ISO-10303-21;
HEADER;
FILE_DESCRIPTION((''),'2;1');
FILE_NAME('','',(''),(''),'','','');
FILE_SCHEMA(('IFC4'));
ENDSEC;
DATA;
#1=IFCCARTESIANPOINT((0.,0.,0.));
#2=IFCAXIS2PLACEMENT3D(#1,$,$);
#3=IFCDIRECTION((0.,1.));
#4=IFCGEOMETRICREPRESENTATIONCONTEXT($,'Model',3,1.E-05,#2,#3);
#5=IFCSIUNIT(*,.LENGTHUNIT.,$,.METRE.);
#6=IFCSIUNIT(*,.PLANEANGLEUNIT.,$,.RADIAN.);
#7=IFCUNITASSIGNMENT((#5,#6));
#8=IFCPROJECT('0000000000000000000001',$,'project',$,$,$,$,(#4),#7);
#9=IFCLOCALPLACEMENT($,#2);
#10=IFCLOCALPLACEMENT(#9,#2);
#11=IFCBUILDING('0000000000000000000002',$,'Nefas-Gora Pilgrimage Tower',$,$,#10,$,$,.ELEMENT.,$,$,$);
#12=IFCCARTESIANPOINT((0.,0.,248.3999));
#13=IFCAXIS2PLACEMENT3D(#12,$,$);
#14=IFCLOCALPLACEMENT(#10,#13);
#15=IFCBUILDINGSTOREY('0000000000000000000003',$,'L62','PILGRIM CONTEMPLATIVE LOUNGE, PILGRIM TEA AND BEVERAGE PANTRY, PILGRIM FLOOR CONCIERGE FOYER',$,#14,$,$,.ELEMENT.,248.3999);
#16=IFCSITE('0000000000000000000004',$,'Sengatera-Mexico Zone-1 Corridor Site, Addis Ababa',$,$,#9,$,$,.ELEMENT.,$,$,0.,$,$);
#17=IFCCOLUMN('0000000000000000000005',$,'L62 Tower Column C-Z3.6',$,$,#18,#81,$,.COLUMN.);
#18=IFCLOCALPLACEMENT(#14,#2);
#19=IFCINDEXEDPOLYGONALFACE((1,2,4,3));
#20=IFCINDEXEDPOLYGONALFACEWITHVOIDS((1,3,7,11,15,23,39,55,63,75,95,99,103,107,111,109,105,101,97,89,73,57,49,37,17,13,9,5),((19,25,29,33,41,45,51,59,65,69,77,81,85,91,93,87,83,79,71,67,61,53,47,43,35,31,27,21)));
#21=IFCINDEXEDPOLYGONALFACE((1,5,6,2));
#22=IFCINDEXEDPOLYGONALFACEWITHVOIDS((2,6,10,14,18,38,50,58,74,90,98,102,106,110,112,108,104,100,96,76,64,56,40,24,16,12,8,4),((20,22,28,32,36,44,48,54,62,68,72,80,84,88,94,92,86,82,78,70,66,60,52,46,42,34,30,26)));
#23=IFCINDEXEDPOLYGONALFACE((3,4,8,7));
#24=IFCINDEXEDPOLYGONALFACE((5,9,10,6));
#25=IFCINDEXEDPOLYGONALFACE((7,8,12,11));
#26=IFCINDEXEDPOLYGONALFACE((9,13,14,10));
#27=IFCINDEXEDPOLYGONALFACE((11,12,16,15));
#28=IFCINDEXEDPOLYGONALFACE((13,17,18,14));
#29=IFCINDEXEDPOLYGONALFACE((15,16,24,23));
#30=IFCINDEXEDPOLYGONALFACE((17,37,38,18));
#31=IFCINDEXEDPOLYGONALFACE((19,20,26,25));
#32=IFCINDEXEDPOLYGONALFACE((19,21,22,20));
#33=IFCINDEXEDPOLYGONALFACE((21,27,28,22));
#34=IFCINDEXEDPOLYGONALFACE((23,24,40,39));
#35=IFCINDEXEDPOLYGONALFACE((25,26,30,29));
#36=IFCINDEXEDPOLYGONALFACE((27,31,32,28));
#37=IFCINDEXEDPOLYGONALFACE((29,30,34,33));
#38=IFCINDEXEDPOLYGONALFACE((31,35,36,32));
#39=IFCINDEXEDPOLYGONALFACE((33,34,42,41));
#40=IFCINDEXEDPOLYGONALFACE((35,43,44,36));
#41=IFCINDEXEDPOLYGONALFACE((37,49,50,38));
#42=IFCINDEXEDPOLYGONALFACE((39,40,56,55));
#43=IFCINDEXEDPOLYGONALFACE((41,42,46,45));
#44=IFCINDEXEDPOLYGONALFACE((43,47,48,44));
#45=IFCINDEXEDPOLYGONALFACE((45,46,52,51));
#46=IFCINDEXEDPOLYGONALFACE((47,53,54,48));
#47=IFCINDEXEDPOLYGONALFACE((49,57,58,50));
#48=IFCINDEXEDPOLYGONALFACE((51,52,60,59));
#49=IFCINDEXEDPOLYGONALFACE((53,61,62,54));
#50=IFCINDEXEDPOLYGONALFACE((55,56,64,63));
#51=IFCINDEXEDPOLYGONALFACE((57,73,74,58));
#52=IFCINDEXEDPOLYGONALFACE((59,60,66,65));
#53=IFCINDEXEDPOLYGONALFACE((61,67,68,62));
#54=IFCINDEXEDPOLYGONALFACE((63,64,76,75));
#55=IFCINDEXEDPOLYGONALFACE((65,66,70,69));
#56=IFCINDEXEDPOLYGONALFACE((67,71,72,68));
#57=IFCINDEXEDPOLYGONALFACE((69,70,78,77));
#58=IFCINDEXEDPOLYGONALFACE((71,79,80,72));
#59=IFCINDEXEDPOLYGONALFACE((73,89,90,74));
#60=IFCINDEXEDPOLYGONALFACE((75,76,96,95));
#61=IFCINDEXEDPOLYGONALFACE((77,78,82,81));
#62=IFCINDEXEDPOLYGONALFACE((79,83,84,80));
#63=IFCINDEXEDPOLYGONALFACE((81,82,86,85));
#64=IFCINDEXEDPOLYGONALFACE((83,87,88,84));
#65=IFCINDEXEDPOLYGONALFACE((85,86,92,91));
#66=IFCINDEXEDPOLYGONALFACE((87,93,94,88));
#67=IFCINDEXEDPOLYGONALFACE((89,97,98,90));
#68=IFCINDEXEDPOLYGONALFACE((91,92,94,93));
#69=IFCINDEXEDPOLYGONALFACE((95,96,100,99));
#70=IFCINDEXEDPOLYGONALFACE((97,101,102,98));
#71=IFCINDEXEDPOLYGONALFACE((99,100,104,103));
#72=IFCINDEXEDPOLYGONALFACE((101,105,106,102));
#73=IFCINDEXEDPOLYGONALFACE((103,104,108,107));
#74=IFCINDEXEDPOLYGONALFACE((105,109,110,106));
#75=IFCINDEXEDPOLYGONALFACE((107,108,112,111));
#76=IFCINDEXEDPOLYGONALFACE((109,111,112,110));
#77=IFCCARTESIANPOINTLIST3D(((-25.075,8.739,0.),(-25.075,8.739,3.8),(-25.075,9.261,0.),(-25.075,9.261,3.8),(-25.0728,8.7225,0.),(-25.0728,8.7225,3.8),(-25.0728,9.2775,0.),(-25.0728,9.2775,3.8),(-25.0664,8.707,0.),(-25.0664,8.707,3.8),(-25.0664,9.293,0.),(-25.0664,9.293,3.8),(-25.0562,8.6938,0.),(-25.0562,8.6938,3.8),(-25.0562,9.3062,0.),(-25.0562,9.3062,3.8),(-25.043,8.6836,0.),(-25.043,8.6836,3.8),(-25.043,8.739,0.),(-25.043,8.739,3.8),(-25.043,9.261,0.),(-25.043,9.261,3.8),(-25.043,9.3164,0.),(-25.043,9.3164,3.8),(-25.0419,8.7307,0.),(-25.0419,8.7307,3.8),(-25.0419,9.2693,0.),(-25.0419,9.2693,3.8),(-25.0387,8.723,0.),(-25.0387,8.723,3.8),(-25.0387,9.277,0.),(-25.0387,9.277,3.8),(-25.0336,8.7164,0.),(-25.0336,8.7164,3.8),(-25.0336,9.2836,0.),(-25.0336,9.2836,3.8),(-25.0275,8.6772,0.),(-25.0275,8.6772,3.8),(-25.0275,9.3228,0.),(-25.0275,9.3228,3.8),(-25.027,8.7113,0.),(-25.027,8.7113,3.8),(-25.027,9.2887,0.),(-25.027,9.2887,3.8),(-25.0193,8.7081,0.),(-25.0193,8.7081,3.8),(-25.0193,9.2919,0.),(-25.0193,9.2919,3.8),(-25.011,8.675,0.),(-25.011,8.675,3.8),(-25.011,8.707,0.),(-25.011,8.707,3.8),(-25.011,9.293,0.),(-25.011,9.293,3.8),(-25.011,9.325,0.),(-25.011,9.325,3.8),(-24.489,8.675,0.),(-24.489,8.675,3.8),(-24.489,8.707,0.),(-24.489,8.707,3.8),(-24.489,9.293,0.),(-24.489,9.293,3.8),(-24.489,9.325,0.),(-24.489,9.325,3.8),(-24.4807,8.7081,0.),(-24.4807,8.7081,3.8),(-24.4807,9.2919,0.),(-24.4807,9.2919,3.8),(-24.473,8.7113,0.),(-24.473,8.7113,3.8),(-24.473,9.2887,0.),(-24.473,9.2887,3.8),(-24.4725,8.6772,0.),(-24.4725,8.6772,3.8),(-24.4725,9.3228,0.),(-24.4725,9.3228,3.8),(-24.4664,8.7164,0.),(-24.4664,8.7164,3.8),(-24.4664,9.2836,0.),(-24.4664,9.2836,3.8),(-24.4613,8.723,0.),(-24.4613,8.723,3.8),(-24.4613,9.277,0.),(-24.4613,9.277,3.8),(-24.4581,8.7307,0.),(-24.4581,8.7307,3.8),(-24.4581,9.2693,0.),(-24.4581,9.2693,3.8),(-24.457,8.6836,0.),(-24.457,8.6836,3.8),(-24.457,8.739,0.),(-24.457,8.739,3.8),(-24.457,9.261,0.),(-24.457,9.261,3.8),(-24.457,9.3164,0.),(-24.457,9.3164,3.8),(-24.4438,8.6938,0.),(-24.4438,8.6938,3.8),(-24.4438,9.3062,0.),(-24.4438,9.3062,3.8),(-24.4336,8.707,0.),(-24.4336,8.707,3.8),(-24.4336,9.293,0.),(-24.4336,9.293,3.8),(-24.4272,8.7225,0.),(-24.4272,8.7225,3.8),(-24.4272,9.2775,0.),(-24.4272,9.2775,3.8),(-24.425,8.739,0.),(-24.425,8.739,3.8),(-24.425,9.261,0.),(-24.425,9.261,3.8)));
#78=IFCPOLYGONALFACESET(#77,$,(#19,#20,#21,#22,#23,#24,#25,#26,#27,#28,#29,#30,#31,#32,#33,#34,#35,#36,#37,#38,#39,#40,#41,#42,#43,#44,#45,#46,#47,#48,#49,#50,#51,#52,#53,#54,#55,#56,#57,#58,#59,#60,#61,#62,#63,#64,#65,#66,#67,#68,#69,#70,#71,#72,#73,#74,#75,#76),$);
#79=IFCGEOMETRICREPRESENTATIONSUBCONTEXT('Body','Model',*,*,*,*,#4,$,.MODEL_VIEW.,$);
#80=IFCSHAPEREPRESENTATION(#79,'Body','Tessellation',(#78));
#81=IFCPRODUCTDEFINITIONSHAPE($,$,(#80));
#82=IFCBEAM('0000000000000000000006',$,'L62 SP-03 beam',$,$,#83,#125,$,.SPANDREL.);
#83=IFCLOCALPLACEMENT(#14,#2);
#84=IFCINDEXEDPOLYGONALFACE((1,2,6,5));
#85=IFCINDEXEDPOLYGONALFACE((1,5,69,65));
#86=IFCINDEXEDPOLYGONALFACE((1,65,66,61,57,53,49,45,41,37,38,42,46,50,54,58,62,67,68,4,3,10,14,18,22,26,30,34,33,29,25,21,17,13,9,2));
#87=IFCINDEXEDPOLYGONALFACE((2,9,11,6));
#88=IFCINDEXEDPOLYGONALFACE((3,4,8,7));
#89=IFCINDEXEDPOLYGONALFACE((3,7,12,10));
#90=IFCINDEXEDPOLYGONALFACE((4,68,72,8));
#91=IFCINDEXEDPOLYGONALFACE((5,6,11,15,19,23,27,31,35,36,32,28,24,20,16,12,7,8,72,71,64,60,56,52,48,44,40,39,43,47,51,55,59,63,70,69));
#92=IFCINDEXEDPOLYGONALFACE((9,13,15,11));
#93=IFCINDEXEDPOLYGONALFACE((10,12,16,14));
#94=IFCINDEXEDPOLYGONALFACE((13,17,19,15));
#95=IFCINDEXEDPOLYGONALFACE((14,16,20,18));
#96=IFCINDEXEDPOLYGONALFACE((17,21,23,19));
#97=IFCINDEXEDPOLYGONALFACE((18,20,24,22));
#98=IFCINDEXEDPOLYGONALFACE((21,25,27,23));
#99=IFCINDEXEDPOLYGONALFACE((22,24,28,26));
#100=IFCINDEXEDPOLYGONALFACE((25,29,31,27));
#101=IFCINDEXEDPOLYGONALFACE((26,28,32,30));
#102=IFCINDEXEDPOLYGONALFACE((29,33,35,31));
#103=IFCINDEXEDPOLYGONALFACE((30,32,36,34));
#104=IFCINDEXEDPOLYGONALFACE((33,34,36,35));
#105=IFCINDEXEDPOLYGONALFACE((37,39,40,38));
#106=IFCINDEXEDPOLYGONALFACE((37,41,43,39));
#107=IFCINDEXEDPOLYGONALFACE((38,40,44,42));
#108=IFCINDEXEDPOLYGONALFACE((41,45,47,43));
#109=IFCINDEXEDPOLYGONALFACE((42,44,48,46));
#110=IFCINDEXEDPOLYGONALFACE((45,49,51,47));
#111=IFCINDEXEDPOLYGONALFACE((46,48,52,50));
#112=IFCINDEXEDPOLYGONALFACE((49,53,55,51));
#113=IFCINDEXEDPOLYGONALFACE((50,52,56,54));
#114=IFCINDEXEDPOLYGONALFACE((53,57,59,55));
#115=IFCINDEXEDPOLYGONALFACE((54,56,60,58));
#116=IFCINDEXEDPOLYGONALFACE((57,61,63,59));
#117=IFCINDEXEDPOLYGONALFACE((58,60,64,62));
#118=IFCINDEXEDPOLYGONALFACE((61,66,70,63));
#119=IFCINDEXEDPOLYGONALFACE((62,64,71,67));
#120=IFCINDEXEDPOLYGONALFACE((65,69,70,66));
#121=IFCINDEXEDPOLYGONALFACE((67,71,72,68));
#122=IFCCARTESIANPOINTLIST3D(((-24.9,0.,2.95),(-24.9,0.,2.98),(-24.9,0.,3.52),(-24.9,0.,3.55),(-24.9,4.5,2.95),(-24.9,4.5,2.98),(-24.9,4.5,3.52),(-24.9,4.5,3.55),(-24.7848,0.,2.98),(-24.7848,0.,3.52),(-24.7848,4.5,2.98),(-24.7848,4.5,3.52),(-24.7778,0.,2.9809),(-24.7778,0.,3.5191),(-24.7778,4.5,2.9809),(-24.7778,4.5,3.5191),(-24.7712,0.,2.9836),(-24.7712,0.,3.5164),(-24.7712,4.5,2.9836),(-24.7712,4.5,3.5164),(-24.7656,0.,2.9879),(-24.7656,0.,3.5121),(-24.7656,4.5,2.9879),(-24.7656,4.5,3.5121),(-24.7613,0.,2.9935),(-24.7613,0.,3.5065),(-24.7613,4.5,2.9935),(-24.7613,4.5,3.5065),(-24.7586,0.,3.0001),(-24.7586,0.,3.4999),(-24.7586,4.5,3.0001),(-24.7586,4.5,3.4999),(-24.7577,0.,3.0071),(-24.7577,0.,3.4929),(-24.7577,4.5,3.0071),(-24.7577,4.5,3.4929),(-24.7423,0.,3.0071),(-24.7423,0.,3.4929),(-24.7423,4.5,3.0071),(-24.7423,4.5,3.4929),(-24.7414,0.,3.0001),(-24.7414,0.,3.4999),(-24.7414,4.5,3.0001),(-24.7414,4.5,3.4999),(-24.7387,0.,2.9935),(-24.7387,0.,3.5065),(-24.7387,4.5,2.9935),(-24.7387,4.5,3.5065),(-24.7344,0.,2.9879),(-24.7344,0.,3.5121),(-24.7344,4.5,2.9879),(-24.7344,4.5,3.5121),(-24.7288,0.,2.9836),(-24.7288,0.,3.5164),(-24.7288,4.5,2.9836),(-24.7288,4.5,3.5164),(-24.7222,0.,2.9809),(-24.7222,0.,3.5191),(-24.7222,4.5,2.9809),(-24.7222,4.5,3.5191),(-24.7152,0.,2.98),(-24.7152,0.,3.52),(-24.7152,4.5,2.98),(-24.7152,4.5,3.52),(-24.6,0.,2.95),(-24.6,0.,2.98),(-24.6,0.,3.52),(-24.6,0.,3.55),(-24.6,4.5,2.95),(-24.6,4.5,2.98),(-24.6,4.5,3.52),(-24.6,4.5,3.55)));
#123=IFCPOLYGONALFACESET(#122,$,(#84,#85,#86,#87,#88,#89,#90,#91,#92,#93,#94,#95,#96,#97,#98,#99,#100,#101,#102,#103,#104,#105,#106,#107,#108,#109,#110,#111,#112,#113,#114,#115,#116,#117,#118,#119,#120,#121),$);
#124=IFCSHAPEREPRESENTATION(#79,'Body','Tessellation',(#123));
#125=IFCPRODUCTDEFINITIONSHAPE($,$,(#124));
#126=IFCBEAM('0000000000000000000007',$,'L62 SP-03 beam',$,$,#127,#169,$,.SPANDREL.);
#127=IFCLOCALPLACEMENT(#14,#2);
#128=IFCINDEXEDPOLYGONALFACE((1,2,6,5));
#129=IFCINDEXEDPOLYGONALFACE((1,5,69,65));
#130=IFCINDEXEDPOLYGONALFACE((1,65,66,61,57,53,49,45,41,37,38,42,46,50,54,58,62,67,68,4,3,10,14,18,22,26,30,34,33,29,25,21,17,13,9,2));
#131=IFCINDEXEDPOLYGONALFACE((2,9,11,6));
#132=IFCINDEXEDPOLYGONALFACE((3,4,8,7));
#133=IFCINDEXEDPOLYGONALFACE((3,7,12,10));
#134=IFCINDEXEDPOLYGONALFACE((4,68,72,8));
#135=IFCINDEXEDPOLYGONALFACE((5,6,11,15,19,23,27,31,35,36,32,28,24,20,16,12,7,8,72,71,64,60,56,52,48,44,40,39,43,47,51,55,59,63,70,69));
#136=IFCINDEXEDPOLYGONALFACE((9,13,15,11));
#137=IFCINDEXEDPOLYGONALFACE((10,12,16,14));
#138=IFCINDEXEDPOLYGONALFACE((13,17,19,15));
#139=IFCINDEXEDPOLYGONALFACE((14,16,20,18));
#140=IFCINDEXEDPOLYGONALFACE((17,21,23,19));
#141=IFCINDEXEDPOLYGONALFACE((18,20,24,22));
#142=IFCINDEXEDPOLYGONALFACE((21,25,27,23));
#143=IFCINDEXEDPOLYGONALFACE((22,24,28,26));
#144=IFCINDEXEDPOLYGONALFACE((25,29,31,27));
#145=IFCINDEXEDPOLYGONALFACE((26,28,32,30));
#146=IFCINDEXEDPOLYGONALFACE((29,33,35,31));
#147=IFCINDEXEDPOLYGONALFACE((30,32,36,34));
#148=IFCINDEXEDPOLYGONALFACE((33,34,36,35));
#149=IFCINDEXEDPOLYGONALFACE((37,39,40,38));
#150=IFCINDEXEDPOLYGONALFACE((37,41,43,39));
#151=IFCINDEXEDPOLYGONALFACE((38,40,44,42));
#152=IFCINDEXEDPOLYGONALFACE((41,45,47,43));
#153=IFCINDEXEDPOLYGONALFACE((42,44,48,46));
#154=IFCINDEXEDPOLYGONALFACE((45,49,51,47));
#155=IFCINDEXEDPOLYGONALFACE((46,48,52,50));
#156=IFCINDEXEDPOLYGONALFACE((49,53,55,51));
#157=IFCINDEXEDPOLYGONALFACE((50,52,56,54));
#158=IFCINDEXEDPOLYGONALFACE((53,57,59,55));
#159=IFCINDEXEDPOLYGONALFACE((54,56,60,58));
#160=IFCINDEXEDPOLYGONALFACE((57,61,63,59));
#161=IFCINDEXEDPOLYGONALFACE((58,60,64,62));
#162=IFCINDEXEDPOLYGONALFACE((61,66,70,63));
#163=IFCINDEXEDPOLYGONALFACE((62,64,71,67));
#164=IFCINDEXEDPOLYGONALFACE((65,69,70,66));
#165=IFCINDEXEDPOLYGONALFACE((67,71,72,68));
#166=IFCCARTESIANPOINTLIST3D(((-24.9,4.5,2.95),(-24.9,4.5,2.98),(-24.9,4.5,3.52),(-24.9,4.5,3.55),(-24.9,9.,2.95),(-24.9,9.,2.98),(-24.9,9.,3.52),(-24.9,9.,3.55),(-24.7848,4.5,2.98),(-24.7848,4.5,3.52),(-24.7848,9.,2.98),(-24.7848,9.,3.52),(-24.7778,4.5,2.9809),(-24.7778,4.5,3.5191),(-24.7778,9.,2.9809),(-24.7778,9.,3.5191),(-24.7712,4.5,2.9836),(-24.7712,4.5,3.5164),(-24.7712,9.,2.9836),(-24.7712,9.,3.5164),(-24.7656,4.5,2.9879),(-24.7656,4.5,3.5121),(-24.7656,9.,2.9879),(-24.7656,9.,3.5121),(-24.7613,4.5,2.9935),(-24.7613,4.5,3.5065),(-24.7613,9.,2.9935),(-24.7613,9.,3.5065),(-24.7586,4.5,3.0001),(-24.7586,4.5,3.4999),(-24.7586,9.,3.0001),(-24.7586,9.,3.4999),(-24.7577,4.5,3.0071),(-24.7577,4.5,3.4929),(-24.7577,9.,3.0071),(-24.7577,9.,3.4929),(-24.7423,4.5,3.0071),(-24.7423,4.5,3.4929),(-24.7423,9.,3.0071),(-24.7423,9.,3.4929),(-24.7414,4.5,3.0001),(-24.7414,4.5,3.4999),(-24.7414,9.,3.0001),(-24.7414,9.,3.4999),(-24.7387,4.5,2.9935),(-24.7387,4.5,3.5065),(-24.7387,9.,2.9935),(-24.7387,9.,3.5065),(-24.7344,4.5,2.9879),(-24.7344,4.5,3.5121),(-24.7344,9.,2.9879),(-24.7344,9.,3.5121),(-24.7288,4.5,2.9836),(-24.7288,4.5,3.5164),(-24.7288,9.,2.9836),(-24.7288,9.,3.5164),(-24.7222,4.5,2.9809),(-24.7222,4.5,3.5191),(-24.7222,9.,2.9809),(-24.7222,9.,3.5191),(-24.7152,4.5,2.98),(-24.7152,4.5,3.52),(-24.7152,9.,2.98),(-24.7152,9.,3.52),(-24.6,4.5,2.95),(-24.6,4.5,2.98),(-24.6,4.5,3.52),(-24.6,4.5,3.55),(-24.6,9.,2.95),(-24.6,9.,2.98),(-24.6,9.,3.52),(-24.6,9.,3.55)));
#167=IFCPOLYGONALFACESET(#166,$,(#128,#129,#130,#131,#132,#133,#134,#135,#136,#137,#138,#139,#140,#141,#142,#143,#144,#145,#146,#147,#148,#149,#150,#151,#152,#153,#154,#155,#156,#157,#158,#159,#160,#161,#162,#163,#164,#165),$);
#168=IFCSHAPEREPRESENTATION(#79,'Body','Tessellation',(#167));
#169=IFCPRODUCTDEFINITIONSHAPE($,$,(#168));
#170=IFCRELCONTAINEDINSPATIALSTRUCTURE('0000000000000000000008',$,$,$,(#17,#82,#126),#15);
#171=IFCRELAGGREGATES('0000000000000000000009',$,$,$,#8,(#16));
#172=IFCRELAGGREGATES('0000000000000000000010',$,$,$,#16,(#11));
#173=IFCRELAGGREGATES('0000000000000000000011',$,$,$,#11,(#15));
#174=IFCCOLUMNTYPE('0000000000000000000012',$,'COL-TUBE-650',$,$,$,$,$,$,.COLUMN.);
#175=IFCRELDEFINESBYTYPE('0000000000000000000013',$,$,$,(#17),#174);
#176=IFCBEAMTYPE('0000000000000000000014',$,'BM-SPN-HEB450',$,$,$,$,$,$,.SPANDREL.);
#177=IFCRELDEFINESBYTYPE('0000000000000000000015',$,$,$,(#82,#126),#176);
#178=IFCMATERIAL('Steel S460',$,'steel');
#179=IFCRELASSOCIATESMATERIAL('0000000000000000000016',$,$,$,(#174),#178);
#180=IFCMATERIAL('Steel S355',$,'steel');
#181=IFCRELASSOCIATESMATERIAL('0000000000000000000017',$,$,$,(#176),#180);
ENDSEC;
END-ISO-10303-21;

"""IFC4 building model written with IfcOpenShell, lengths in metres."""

from ifc_helpers import new_model, si_unit, direction, frame, origin, origin_2d, place, context, subcontext, project, spatial, hollow_rectangle, i_section, extrude, source, transform, mapped, material, material_profile, profile_set, type_object, element, save


model = new_model("IFC4")

# Units and contexts
model_context = context("Model", 3, precision=1e-05, world=origin(), true_north=direction((0.0, 1.0)))
body_context = subcontext(model_context, "Body", "Model", "MODEL_VIEW")
ifc_project = project(units=[si_unit("LENGTHUNIT", "METRE"), si_unit("PLANEANGLEUNIT", "RADIAN")], contexts=[model_context])

# Site, building, storey
site_placement = place(None, origin())
site = spatial("IfcSite", under=ifc_project, at=site_placement, Name="Sengatera-Mexico Zone-1 Corridor Site, Addis Ababa", CompositionType="ELEMENT", RefElevation=0.0)
building_placement = place(site_placement, origin())
building = spatial("IfcBuilding", under=site, at=building_placement, Name="Nefas-Gora Pilgrimage Tower", CompositionType="ELEMENT")
storey_placement = place(building_placement, frame((0.0, 0.0, 248.3999)))
storey = spatial("IfcBuildingStorey", under=building, at=storey_placement, Name="L62", Description="PILGRIM CONTEMPLATIVE LOUNGE, PILGRIM TEA AND BEVERAGE PANTRY, PILGRIM FLOOR CONCIERGE FOYER", CompositionType="ELEMENT", Elevation=248.3999)

# Column
ifc_material_1 = material(Name="Steel S460", Category="steel")
ifc_material_profile_1 = material_profile(ifc_material_1, hollow_rectangle(XDim=0.6499, YDim=0.6499, WallThickness=0.032, InnerFilletRadius=0.032, OuterFilletRadius=0.064, at=origin_2d()), Name="BOX 650x650x32")
ifc_profile_set_1 = profile_set([ifc_material_profile_1], Name="Steel S460")
column_type_1 = type_object("IfcColumnType", Name="COL-TUBE-650", PredefinedType="COLUMN", material=ifc_profile_set_1)
shared_shape_1 = source(origin(), body_context, "Body", "SweptSolid", [
    extrude(hollow_rectangle(XDim=0.6499, YDim=0.6499, WallThickness=0.032, InnerFilletRadius=0.032, OuterFilletRadius=0.064, at=origin_2d()), origin(), (0.0, 0.0, 1.0), 3.8),
])
for number, where, z_axis, x_axis, name in (
    (1, (-24.75, 9.0, 0.0), (0.0, 0.0, 1.0), (1.0, 0.0, 0.0), "L62 Tower Column C-Z3.6"),
):
    element("IfcColumn", number, at=place(storey_placement, frame(where, z_axis=z_axis, x_axis=x_axis)), inside=storey, type_object=column_type_1, Name=name, PredefinedType="COLUMN", context=body_context, shape_type="MappedRepresentation", body=[
        mapped(shared_shape_1, transform((0.0, 0.0, 0.0), x_axis=(1.0, 0.0, 0.0), y_axis=(0.0, 1.0, 0.0), z_axis=(0.0, 0.0, 1.0), scale=1.0)),
    ])

# Beams
ifc_material_2 = material(Name="Steel S355", Category="steel")
ifc_material_profile_2 = material_profile(ifc_material_2, i_section(OverallWidth=0.3, OverallDepth=0.6001, WebThickness=0.0154, FlangeThickness=0.03, FilletRadius=0.0271, at=origin_2d()), Name="HEB 600")
ifc_profile_set_2 = profile_set([ifc_material_profile_2], Name="Steel S355")
beam_type_1 = type_object("IfcBeamType", Name="BM-SPN-HEB450", PredefinedType="SPANDREL", material=ifc_profile_set_2)
shared_shape_2 = source(origin(), body_context, "Body", "SweptSolid", [
    extrude(i_section(OverallWidth=0.3, OverallDepth=0.6001, WebThickness=0.0154, FlangeThickness=0.03, FilletRadius=0.0271, at=origin_2d()), origin(), (0.0, 0.0, 1.0), 4.5),
])
for number, where, z_axis, x_axis, name in (
    (2, (-24.75, 0.0, 3.25), (0.0, 1.0, 0.0), (-1.0, 0.0, 0.0), "L62 SP-03 beam"),
    (3, (-24.75, 4.5, 3.25), (0.0, 1.0, 0.0), (-1.0, 0.0, 0.0), "L62 SP-03 beam"),
):
    element("IfcBeam", number, at=place(storey_placement, frame(where, z_axis=z_axis, x_axis=x_axis)), inside=storey, type_object=beam_type_1, Name=name, PredefinedType="SPANDREL", context=body_context, shape_type="MappedRepresentation", body=[
        mapped(shared_shape_2, transform((0.0, 0.0, 0.0), x_axis=(1.0, 0.0, 0.0), y_axis=(0.0, 1.0, 0.0), z_axis=(0.0, 0.0, 1.0), scale=1.0)),
    ])

save(model, "model.ifc")
